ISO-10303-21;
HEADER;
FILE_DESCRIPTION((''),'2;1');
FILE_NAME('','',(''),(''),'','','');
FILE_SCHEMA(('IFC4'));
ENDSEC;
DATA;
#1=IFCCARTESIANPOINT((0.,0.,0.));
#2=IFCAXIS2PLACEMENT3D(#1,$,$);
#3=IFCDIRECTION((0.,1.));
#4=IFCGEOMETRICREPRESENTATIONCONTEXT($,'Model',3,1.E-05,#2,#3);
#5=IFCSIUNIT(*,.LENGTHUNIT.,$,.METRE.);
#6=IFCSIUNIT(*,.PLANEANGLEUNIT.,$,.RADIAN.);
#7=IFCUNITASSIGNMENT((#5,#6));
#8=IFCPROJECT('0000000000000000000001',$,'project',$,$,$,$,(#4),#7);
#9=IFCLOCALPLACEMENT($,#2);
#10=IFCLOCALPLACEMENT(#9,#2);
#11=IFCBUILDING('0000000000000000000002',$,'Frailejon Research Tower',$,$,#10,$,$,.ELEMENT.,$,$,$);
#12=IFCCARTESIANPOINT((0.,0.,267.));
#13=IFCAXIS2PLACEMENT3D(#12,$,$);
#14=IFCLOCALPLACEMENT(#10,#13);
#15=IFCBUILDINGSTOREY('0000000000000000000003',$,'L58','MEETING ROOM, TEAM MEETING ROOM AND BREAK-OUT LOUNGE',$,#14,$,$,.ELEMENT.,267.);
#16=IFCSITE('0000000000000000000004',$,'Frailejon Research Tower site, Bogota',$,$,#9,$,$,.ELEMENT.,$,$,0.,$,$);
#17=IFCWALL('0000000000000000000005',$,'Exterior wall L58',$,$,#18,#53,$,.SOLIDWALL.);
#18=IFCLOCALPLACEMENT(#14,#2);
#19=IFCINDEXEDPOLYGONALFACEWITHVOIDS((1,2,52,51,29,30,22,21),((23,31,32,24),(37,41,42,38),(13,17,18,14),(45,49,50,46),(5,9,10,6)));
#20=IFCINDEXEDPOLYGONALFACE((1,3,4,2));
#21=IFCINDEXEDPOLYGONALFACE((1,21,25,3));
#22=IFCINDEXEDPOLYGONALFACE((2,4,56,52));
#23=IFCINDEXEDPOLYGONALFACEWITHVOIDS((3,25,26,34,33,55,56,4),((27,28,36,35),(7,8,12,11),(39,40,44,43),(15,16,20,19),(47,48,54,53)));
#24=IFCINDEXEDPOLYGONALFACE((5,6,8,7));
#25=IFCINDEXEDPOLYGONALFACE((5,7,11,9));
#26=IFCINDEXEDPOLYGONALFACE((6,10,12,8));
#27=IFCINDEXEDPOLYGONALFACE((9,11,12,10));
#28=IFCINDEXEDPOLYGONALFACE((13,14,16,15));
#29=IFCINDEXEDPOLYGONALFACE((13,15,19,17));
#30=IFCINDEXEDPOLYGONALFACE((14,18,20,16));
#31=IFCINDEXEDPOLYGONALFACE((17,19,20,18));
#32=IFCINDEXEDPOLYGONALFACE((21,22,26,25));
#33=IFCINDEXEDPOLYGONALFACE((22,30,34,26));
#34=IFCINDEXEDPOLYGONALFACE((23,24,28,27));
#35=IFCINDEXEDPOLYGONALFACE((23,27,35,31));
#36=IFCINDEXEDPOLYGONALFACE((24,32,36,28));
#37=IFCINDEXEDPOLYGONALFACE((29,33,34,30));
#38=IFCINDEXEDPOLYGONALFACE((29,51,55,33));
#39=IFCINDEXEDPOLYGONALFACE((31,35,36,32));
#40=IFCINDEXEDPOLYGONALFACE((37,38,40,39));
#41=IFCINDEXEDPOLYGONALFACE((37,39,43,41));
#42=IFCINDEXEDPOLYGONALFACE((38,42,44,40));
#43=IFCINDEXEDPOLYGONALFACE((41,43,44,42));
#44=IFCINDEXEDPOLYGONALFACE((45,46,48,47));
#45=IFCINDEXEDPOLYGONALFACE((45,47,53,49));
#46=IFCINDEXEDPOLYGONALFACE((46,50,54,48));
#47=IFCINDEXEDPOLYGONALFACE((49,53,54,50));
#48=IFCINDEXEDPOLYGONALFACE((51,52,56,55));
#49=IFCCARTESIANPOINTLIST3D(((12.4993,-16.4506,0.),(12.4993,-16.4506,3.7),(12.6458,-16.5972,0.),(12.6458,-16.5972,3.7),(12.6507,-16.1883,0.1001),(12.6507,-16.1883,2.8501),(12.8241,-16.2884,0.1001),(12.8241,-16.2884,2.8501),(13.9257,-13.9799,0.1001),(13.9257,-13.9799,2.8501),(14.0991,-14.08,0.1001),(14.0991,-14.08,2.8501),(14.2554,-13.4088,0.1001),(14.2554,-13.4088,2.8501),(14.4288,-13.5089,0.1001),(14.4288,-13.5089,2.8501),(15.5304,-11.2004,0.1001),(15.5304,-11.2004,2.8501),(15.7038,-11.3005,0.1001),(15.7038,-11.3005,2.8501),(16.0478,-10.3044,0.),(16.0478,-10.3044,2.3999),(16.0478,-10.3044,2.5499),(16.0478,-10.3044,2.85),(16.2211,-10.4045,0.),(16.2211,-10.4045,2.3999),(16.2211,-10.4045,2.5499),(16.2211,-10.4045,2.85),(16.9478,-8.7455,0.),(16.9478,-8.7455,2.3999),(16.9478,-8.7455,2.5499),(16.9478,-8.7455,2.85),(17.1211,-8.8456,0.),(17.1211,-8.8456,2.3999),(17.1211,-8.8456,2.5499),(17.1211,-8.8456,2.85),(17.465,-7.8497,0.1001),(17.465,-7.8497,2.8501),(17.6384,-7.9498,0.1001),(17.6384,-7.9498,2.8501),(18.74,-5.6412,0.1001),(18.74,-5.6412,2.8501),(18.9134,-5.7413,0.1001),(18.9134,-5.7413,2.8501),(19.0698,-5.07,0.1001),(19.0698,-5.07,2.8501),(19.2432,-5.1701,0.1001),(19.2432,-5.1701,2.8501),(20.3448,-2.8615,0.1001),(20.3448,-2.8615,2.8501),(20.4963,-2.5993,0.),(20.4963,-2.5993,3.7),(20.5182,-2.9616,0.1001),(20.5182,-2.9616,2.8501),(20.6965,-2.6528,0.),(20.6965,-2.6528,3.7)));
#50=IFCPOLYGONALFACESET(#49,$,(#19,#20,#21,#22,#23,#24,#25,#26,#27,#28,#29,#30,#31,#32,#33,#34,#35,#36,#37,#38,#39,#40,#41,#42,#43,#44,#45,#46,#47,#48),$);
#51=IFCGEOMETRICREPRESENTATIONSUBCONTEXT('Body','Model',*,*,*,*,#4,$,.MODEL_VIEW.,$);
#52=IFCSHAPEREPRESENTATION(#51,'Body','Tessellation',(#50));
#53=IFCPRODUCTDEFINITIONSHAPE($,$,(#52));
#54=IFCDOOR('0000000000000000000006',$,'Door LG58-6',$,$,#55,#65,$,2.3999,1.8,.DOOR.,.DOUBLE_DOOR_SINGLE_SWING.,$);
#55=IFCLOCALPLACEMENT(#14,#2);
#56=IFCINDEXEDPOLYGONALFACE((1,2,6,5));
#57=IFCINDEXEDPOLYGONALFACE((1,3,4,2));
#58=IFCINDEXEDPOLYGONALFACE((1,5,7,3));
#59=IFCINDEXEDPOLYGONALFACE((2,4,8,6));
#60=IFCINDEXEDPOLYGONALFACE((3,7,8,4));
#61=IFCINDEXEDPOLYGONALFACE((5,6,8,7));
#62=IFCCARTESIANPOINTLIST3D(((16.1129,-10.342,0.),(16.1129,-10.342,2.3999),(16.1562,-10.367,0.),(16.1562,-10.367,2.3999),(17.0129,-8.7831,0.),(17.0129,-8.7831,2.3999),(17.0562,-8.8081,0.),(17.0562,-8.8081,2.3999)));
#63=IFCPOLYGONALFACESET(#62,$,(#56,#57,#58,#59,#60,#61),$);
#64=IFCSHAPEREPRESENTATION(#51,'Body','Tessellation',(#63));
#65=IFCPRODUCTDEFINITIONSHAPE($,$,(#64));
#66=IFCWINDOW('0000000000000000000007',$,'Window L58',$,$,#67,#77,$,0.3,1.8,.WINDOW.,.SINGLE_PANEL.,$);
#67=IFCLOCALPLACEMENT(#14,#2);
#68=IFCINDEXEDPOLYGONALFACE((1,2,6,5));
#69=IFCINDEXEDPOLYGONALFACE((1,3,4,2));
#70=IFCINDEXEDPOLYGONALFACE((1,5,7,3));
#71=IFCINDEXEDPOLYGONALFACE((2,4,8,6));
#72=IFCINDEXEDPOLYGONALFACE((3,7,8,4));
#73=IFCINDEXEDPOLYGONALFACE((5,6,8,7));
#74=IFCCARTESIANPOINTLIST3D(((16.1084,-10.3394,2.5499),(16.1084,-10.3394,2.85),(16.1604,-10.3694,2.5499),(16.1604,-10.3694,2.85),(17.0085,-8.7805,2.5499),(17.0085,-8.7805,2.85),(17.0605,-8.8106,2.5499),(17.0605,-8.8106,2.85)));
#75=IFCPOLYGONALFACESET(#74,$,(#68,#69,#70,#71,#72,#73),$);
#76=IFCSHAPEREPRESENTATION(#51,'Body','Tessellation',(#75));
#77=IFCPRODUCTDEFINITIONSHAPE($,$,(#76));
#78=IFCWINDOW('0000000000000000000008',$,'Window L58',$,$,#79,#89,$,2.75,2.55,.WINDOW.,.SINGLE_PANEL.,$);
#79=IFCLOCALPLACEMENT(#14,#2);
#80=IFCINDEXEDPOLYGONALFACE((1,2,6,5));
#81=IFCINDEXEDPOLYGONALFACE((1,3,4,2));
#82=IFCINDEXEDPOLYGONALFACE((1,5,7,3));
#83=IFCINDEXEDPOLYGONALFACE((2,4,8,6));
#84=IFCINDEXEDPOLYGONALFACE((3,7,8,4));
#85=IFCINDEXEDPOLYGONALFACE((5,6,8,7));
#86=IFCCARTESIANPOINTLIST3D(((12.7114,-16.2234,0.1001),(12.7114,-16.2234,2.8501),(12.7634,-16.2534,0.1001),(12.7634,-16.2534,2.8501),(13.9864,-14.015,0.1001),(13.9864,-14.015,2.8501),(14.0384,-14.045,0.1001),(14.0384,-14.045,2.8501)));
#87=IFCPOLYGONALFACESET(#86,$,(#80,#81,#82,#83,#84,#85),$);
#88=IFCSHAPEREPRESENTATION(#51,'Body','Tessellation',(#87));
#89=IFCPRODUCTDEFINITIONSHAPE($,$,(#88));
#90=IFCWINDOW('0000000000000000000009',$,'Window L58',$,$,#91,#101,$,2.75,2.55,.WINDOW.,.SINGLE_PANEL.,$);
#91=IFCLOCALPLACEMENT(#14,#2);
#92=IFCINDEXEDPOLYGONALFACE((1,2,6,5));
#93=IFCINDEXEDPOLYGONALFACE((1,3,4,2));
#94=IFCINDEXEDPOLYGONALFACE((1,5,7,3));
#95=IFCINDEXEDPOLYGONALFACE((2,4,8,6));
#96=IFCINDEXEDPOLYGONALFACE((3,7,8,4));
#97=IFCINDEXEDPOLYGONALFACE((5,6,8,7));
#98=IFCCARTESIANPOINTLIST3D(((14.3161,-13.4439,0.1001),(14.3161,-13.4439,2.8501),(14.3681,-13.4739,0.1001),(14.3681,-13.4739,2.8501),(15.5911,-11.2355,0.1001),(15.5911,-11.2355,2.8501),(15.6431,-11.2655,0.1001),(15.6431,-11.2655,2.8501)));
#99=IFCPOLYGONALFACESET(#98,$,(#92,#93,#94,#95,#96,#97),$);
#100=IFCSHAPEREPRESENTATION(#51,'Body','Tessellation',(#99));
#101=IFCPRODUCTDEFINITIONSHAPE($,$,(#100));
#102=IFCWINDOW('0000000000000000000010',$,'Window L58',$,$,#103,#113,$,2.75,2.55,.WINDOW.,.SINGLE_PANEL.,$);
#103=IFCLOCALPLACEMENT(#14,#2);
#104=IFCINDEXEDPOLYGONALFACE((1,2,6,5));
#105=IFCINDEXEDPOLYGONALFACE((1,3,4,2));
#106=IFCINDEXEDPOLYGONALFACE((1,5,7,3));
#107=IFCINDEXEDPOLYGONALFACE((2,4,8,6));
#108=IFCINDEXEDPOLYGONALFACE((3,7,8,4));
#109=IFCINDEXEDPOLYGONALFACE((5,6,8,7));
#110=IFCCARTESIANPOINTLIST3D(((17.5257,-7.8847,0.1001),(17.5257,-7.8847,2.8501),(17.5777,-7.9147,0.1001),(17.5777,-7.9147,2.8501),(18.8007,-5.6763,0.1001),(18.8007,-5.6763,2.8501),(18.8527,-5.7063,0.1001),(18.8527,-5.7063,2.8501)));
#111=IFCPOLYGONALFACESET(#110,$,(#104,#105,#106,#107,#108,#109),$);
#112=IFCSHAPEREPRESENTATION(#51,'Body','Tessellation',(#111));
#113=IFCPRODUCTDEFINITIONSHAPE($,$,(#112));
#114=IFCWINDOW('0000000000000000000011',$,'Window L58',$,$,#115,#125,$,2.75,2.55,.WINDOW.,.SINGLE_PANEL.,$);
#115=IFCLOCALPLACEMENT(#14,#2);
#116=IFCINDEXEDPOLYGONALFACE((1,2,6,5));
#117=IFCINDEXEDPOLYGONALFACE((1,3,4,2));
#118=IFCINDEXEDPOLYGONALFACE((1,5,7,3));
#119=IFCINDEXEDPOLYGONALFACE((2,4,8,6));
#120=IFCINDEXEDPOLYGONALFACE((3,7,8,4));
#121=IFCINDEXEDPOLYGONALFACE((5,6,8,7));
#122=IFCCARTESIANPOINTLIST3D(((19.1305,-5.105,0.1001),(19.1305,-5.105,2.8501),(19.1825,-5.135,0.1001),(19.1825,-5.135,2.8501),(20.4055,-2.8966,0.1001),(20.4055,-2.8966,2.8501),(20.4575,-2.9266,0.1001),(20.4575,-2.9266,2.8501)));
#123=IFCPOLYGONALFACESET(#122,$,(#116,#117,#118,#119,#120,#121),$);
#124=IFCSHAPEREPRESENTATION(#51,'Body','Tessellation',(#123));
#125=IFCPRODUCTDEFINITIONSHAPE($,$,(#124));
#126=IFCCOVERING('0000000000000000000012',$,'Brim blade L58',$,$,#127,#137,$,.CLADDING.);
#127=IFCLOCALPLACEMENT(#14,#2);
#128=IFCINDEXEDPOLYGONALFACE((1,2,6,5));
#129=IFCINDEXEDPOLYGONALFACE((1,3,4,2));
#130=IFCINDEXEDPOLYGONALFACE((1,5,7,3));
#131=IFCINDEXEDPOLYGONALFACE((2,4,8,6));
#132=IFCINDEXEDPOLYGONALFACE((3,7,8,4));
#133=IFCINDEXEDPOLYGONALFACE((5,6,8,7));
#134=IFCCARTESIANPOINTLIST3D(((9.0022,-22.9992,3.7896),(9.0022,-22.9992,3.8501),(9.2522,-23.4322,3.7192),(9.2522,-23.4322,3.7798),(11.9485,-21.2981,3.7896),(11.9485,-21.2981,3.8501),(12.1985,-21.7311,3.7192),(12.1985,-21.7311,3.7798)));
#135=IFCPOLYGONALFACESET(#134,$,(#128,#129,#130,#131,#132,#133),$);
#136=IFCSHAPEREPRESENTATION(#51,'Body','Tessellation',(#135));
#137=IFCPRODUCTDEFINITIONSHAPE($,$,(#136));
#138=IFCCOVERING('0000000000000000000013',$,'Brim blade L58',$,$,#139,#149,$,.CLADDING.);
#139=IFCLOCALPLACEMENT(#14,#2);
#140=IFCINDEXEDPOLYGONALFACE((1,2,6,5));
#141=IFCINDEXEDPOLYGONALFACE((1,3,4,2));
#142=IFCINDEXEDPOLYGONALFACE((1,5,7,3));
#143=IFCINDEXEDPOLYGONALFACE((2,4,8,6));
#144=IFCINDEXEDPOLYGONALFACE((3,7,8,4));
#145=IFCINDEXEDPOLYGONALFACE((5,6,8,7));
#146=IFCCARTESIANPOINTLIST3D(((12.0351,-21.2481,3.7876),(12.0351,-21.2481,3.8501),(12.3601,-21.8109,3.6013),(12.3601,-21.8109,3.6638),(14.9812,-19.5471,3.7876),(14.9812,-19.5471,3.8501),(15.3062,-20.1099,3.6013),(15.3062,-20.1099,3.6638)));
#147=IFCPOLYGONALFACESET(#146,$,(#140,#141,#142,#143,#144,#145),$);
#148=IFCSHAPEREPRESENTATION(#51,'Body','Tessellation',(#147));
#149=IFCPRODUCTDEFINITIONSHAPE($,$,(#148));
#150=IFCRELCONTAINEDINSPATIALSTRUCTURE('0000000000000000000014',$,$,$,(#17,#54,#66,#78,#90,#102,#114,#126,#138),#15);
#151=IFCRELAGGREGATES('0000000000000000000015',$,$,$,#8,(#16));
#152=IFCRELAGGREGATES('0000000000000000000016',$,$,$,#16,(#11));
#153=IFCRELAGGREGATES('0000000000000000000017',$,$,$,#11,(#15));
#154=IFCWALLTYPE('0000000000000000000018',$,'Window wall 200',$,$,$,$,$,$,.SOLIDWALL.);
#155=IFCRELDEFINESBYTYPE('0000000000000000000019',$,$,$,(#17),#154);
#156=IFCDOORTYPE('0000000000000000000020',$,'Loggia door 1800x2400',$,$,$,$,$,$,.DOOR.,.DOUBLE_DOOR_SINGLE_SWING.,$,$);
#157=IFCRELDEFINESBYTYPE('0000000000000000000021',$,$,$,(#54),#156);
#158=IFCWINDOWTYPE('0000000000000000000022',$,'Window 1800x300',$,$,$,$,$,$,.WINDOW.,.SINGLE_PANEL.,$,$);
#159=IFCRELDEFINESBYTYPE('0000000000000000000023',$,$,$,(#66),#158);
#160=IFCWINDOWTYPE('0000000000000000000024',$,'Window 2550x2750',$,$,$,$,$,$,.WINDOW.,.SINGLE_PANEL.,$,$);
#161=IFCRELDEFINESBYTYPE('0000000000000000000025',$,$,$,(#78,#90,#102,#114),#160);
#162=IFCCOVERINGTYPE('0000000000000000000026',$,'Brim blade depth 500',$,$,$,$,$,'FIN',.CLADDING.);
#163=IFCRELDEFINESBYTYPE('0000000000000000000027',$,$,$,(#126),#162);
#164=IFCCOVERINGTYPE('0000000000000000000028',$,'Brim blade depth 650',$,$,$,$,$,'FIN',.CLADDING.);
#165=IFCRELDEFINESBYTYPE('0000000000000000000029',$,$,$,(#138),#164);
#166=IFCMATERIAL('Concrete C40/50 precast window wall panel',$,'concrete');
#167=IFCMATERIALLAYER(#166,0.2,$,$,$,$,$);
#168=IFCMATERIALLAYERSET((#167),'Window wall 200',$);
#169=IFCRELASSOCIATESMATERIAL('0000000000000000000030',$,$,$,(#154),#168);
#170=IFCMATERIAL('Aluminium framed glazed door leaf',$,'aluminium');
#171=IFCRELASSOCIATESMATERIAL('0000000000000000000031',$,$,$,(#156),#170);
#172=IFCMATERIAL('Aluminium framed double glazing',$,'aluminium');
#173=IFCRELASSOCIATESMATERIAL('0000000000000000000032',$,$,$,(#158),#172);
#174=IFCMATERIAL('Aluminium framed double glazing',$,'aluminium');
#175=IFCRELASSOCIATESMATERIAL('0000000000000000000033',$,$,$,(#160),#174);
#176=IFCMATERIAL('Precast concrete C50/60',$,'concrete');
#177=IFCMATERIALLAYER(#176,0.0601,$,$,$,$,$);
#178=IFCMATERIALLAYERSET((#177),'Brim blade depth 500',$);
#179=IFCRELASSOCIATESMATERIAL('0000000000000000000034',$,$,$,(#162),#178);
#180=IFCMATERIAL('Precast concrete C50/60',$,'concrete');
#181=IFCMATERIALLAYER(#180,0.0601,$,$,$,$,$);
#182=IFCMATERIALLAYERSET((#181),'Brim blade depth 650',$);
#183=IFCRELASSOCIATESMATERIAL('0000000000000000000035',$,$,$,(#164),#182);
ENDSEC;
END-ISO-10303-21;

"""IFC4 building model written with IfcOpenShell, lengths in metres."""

from ifc_helpers import new_model, si_unit, direction, frame, frame_2d, origin, place, context, subcontext, project, spatial, polyline, rectangle, outline, extrude, material, layer, layer_set, type_object, element, fill, save


model = new_model("IFC4")

# Units and contexts
model_context = context("Model", 3, precision=1e-05, world=origin(), true_north=direction((0.0, 1.0)))
body_context = subcontext(model_context, "Body", "Model", "MODEL_VIEW")
ifc_project = project(units=[si_unit("LENGTHUNIT", "METRE"), si_unit("PLANEANGLEUNIT", "RADIAN")], contexts=[model_context])

# Site, building, storey
site_placement = place(None, origin())
site = spatial("IfcSite", under=ifc_project, at=site_placement, Name="Frailejon Research Tower site, Bogota", CompositionType="ELEMENT", RefElevation=0.0)
building_placement = place(site_placement, origin())
building = spatial("IfcBuilding", under=site, at=building_placement, Name="Frailejon Research Tower", CompositionType="ELEMENT")
storey_placement = place(building_placement, frame((0.0, 0.0, 267.0)))
storey = spatial("IfcBuildingStorey", under=building, at=storey_placement, Name="L58", Description="MEETING ROOM, TEAM MEETING ROOM AND BREAK-OUT LOUNGE", CompositionType="ELEMENT", Elevation=267.0)

# Wall, openings, door, windows
ifc_material_1 = material(Name="Concrete C40/50 precast window wall panel", Category="concrete")
ifc_layer_1 = layer(ifc_material_1, 0.2)
ifc_layer_set_1 = layer_set([ifc_layer_1], Name="Window wall 200")
wall_type = type_object("IfcWallType", Name="Window wall 200", PredefinedType="SOLIDWALL", material=ifc_layer_set_1)
wall_placement = place(storey_placement, frame((12.5725, -16.5239, 0.0), z_axis=(0.0, 0.0, 1.0), x_axis=(0.499997, 0.866027, 0.0)))
wall = element("IfcWall", 1, at=wall_placement, inside=storey, type_object=wall_type, Name="Exterior wall L58", PredefinedType="SOLIDWALL", context=body_context, shape_type="SweptSolid", body=[
    extrude(outline(polyline([(-0.0269, -0.1001), (0.9795, -0.1001), (1.9858, -0.1001), (2.9922, -0.1001), (3.9985, -0.1001), (5.0049, -0.1001), (6.0112, -0.1001), (7.0176, -0.1001), (8.0239, -0.1001), (9.0303, -0.1001), (10.0366, -0.1001), (11.043, -0.1001), (12.0493, -0.1001), (13.0557, -0.1001), (14.062, -0.1001), (15.0684, -0.1001), (16.0747, -0.1001), (16.021, 0.1001), (15.0215, 0.1001), (14.0217, 0.1001), (13.022, 0.1001), (12.0225, 0.1001), (11.0229, 0.1001), (10.0232, 0.1001), (9.0234, 0.1001), (8.0239, 0.1001), (7.0244, 0.1001), (6.0247, 0.1001), (5.0249, 0.1001), (4.0254, 0.1001), (3.0259, 0.1001), (2.0261, 0.1001), (1.0264, 0.1001), (0.0269, 0.1001), (-0.0269, -0.1001)])), origin(), (0.0, 0.0, 1.0), 3.7),
])
opening_1_placement = place(wall_placement, frame((0.3298, 0.0, 0.1001)))
opening_1 = element("IfcOpeningElement", 2, at=opening_1_placement, cuts=wall, PredefinedType="OPENING", context=body_context, shape_type="SweptSolid", body=[
    extrude(rectangle(XDim=2.55, YDim=2.75, at=frame_2d((1.2749, 1.375))), frame((0.0, 0.1099, 0.0), z_axis=(0.0, -1.0, 0.0), x_axis=(1.0, 0.0, 0.0)), (0.0, 0.0, 1.0), 0.22),
])
opening_2_placement = place(wall_placement, frame((3.5393, 0.0, 0.1001)))
opening_2 = element("IfcOpeningElement", 3, at=opening_2_placement, cuts=wall, PredefinedType="OPENING", context=body_context, shape_type="SweptSolid", body=[
    extrude(rectangle(XDim=2.55, YDim=2.75, at=frame_2d((1.2749, 1.375))), frame((0.0, 0.1099, 0.0), z_axis=(0.0, -1.0, 0.0), x_axis=(1.0, 0.0, 0.0)), (0.0, 0.0, 1.0), 0.22),
])
opening_3_placement = place(wall_placement, frame((7.124, 0.0, 0.0)))
opening_3 = element("IfcOpeningElement", 4, at=opening_3_placement, cuts=wall, PredefinedType="OPENING", context=body_context, shape_type="SweptSolid", body=[
    extrude(rectangle(XDim=1.8, YDim=2.3999, at=frame_2d((0.8999, 1.2))), frame((0.0, 0.1099, 0.0), z_axis=(0.0, -1.0, 0.0), x_axis=(1.0, 0.0, 0.0)), (0.0, 0.0, 1.0), 0.22),
])
opening_4_placement = place(wall_placement, frame((7.124, 0.0, 2.55)))
opening_4 = element("IfcOpeningElement", 5, at=opening_4_placement, cuts=wall, PredefinedType="OPENING", context=body_context, shape_type="SweptSolid", body=[
    extrude(rectangle(XDim=1.8, YDim=0.3, at=frame_2d((0.8999, 0.1499))), frame((0.0, 0.1099, 0.0), z_axis=(0.0, -1.0, 0.0), x_axis=(1.0, 0.0, 0.0)), (0.0, 0.0, 1.0), 0.22),
])
opening_5_placement = place(wall_placement, frame((9.9585, 0.0, 0.1001)))
opening_5 = element("IfcOpeningElement", 6, at=opening_5_placement, cuts=wall, PredefinedType="OPENING", context=body_context, shape_type="SweptSolid", body=[
    extrude(rectangle(XDim=2.55, YDim=2.75, at=frame_2d((1.2749, 1.375))), frame((0.0, 0.1099, 0.0), z_axis=(0.0, -1.0, 0.0), x_axis=(1.0, 0.0, 0.0)), (0.0, 0.0, 1.0), 0.22),
])
opening_6_placement = place(wall_placement, frame((13.1682, 0.0, 0.1001)))
opening_6 = element("IfcOpeningElement", 7, at=opening_6_placement, cuts=wall, PredefinedType="OPENING", context=body_context, shape_type="SweptSolid", body=[
    extrude(rectangle(XDim=2.55, YDim=2.75, at=frame_2d((1.2749, 1.375))), frame((0.0, 0.1099, 0.0), z_axis=(0.0, -1.0, 0.0), x_axis=(1.0, 0.0, 0.0)), (0.0, 0.0, 1.0), 0.22),
])
ifc_material_2 = material(Name="Aluminium framed glazed door leaf", Category="aluminium")
door_type = type_object("IfcDoorType", Name="Loggia door 1800x2400", OperationType="DOUBLE_DOOR_SINGLE_SWING", PredefinedType="DOOR", material=ifc_material_2)
door_placement = place(opening_3_placement, origin())
door = element("IfcDoor", 8, at=door_placement, inside=storey, type_object=door_type, Name="Door LG58-6", OperationType="DOUBLE_DOOR_SINGLE_SWING", OverallHeight=2.3999, OverallWidth=1.8, PredefinedType="DOOR", context=body_context, shape_type="SweptSolid", body=[
    extrude(rectangle(XDim=1.8, YDim=2.3999, at=frame_2d((0.8999, 1.2))), frame((0.0, 0.0249, 0.0), z_axis=(0.0, -1.0, 0.0), x_axis=(1.0, 0.0, 0.0)), (0.0, 0.0, 1.0), 0.05),
])
fill(opening_3, door)
ifc_material_3 = material(Name="Aluminium framed double glazing", Category="aluminium")
window_type_1 = type_object("IfcWindowType", Name="Window 1800x300", PartitioningType="SINGLE_PANEL", PredefinedType="WINDOW", material=ifc_material_3)
window_1_placement = place(opening_4_placement, origin())
window_1 = element("IfcWindow", 9, at=window_1_placement, inside=storey, type_object=window_type_1, Name="Window L58", OverallHeight=0.3, OverallWidth=1.8, PartitioningType="SINGLE_PANEL", PredefinedType="WINDOW", context=body_context, shape_type="SweptSolid", body=[
    extrude(rectangle(XDim=1.8, YDim=0.3, at=frame_2d((0.8999, 0.1499))), frame((0.0, 0.03, 0.0), z_axis=(0.0, -1.0, 0.0), x_axis=(1.0, 0.0, 0.0)), (0.0, 0.0, 1.0), 0.0601),
])
fill(opening_4, window_1)
ifc_material_4 = material(Name="Aluminium framed double glazing", Category="aluminium")
window_type_2 = type_object("IfcWindowType", Name="Window 2550x2750", PartitioningType="SINGLE_PANEL", PredefinedType="WINDOW", material=ifc_material_4)
window_2_placement = place(opening_1_placement, origin())
window_2 = element("IfcWindow", 10, at=window_2_placement, inside=storey, type_object=window_type_2, Name="Window L58", OverallHeight=2.75, OverallWidth=2.55, PartitioningType="SINGLE_PANEL", PredefinedType="WINDOW", context=body_context, shape_type="SweptSolid", body=[
    extrude(rectangle(XDim=2.55, YDim=2.75, at=frame_2d((1.2749, 1.375))), frame((0.0, 0.03, 0.0), z_axis=(0.0, -1.0, 0.0), x_axis=(1.0, 0.0, 0.0)), (0.0, 0.0, 1.0), 0.0601),
])
fill(opening_1, window_2)
window_3_placement = place(opening_2_placement, origin())
window_3 = element("IfcWindow", 11, at=window_3_placement, inside=storey, type_object=window_type_2, Name="Window L58", OverallHeight=2.75, OverallWidth=2.55, PartitioningType="SINGLE_PANEL", PredefinedType="WINDOW", context=body_context, shape_type="SweptSolid", body=[
    extrude(rectangle(XDim=2.55, YDim=2.75, at=frame_2d((1.2749, 1.375))), frame((0.0, 0.03, 0.0), z_axis=(0.0, -1.0, 0.0), x_axis=(1.0, 0.0, 0.0)), (0.0, 0.0, 1.0), 0.0601),
])
fill(opening_2, window_3)
window_4_placement = place(opening_5_placement, origin())
window_4 = element("IfcWindow", 12, at=window_4_placement, inside=storey, type_object=window_type_2, Name="Window L58", OverallHeight=2.75, OverallWidth=2.55, PartitioningType="SINGLE_PANEL", PredefinedType="WINDOW", context=body_context, shape_type="SweptSolid", body=[
    extrude(rectangle(XDim=2.55, YDim=2.75, at=frame_2d((1.2749, 1.375))), frame((0.0, 0.03, 0.0), z_axis=(0.0, -1.0, 0.0), x_axis=(1.0, 0.0, 0.0)), (0.0, 0.0, 1.0), 0.0601),
])
fill(opening_5, window_4)
window_5_placement = place(opening_6_placement, origin())
window_5 = element("IfcWindow", 13, at=window_5_placement, inside=storey, type_object=window_type_2, Name="Window L58", OverallHeight=2.75, OverallWidth=2.55, PartitioningType="SINGLE_PANEL", PredefinedType="WINDOW", context=body_context, shape_type="SweptSolid", body=[
    extrude(rectangle(XDim=2.55, YDim=2.75, at=frame_2d((1.2749, 1.375))), frame((0.0, 0.03, 0.0), z_axis=(0.0, -1.0, 0.0), x_axis=(1.0, 0.0, 0.0)), (0.0, 0.0, 1.0), 0.0601),
])
fill(opening_6, window_5)

# Coverings
ifc_material_5 = material(Name="Precast concrete C50/60", Category="concrete")
ifc_layer_2 = layer(ifc_material_5, 0.0601)
ifc_layer_set_2 = layer_set([ifc_layer_2], Name="Brim blade depth 500")
covering_type_1 = type_object("IfcCoveringType", Name="Brim blade depth 500", ElementType="FIN", PredefinedType="CLADDING", material=ifc_layer_set_2)
covering_1_placement = place(storey_placement, frame((11.9485, -21.2981, 3.8501), z_axis=(-0.866024, -0.500003, 0.0), x_axis=(0.500003, -0.866024, 0.0)))
element("IfcCovering", 14, at=covering_1_placement, inside=storey, type_object=covering_type_1, Name="Brim blade L58", PredefinedType="CLADDING", context=body_context, shape_type="SweptSolid", body=[
    extrude(outline(polyline([(0.0, -0.0605), (0.5, -0.1309), (0.5, -0.0703), (0.0, 0.0), (0.0, -0.0605)])), origin(), (0.0, 0.0, 1.0), 3.4021),
])
ifc_material_6 = material(Name="Precast concrete C50/60", Category="concrete")
ifc_layer_3 = layer(ifc_material_6, 0.0601)
ifc_layer_set_3 = layer_set([ifc_layer_3], Name="Brim blade depth 650")
covering_type_2 = type_object("IfcCoveringType", Name="Brim blade depth 650", ElementType="FIN", PredefinedType="CLADDING", material=ifc_layer_set_3)
covering_2_placement = place(storey_placement, frame((14.9812, -19.5471, 3.8501), z_axis=(-0.866017, -0.500015, 0.0), x_axis=(0.500015, -0.866017, 0.0)))
element("IfcCovering", 15, at=covering_2_placement, inside=storey, type_object=covering_type_2, Name="Brim blade L58", PredefinedType="CLADDING", context=body_context, shape_type="SweptSolid", body=[
    extrude(outline(polyline([(0.0, -0.0625), (0.6499, -0.2488), (0.6499, -0.1863), (0.0, 0.0), (0.0, -0.0625)])), origin(), (0.0, 0.0, 1.0), 3.4019),
])

save(model, "model.ifc")
